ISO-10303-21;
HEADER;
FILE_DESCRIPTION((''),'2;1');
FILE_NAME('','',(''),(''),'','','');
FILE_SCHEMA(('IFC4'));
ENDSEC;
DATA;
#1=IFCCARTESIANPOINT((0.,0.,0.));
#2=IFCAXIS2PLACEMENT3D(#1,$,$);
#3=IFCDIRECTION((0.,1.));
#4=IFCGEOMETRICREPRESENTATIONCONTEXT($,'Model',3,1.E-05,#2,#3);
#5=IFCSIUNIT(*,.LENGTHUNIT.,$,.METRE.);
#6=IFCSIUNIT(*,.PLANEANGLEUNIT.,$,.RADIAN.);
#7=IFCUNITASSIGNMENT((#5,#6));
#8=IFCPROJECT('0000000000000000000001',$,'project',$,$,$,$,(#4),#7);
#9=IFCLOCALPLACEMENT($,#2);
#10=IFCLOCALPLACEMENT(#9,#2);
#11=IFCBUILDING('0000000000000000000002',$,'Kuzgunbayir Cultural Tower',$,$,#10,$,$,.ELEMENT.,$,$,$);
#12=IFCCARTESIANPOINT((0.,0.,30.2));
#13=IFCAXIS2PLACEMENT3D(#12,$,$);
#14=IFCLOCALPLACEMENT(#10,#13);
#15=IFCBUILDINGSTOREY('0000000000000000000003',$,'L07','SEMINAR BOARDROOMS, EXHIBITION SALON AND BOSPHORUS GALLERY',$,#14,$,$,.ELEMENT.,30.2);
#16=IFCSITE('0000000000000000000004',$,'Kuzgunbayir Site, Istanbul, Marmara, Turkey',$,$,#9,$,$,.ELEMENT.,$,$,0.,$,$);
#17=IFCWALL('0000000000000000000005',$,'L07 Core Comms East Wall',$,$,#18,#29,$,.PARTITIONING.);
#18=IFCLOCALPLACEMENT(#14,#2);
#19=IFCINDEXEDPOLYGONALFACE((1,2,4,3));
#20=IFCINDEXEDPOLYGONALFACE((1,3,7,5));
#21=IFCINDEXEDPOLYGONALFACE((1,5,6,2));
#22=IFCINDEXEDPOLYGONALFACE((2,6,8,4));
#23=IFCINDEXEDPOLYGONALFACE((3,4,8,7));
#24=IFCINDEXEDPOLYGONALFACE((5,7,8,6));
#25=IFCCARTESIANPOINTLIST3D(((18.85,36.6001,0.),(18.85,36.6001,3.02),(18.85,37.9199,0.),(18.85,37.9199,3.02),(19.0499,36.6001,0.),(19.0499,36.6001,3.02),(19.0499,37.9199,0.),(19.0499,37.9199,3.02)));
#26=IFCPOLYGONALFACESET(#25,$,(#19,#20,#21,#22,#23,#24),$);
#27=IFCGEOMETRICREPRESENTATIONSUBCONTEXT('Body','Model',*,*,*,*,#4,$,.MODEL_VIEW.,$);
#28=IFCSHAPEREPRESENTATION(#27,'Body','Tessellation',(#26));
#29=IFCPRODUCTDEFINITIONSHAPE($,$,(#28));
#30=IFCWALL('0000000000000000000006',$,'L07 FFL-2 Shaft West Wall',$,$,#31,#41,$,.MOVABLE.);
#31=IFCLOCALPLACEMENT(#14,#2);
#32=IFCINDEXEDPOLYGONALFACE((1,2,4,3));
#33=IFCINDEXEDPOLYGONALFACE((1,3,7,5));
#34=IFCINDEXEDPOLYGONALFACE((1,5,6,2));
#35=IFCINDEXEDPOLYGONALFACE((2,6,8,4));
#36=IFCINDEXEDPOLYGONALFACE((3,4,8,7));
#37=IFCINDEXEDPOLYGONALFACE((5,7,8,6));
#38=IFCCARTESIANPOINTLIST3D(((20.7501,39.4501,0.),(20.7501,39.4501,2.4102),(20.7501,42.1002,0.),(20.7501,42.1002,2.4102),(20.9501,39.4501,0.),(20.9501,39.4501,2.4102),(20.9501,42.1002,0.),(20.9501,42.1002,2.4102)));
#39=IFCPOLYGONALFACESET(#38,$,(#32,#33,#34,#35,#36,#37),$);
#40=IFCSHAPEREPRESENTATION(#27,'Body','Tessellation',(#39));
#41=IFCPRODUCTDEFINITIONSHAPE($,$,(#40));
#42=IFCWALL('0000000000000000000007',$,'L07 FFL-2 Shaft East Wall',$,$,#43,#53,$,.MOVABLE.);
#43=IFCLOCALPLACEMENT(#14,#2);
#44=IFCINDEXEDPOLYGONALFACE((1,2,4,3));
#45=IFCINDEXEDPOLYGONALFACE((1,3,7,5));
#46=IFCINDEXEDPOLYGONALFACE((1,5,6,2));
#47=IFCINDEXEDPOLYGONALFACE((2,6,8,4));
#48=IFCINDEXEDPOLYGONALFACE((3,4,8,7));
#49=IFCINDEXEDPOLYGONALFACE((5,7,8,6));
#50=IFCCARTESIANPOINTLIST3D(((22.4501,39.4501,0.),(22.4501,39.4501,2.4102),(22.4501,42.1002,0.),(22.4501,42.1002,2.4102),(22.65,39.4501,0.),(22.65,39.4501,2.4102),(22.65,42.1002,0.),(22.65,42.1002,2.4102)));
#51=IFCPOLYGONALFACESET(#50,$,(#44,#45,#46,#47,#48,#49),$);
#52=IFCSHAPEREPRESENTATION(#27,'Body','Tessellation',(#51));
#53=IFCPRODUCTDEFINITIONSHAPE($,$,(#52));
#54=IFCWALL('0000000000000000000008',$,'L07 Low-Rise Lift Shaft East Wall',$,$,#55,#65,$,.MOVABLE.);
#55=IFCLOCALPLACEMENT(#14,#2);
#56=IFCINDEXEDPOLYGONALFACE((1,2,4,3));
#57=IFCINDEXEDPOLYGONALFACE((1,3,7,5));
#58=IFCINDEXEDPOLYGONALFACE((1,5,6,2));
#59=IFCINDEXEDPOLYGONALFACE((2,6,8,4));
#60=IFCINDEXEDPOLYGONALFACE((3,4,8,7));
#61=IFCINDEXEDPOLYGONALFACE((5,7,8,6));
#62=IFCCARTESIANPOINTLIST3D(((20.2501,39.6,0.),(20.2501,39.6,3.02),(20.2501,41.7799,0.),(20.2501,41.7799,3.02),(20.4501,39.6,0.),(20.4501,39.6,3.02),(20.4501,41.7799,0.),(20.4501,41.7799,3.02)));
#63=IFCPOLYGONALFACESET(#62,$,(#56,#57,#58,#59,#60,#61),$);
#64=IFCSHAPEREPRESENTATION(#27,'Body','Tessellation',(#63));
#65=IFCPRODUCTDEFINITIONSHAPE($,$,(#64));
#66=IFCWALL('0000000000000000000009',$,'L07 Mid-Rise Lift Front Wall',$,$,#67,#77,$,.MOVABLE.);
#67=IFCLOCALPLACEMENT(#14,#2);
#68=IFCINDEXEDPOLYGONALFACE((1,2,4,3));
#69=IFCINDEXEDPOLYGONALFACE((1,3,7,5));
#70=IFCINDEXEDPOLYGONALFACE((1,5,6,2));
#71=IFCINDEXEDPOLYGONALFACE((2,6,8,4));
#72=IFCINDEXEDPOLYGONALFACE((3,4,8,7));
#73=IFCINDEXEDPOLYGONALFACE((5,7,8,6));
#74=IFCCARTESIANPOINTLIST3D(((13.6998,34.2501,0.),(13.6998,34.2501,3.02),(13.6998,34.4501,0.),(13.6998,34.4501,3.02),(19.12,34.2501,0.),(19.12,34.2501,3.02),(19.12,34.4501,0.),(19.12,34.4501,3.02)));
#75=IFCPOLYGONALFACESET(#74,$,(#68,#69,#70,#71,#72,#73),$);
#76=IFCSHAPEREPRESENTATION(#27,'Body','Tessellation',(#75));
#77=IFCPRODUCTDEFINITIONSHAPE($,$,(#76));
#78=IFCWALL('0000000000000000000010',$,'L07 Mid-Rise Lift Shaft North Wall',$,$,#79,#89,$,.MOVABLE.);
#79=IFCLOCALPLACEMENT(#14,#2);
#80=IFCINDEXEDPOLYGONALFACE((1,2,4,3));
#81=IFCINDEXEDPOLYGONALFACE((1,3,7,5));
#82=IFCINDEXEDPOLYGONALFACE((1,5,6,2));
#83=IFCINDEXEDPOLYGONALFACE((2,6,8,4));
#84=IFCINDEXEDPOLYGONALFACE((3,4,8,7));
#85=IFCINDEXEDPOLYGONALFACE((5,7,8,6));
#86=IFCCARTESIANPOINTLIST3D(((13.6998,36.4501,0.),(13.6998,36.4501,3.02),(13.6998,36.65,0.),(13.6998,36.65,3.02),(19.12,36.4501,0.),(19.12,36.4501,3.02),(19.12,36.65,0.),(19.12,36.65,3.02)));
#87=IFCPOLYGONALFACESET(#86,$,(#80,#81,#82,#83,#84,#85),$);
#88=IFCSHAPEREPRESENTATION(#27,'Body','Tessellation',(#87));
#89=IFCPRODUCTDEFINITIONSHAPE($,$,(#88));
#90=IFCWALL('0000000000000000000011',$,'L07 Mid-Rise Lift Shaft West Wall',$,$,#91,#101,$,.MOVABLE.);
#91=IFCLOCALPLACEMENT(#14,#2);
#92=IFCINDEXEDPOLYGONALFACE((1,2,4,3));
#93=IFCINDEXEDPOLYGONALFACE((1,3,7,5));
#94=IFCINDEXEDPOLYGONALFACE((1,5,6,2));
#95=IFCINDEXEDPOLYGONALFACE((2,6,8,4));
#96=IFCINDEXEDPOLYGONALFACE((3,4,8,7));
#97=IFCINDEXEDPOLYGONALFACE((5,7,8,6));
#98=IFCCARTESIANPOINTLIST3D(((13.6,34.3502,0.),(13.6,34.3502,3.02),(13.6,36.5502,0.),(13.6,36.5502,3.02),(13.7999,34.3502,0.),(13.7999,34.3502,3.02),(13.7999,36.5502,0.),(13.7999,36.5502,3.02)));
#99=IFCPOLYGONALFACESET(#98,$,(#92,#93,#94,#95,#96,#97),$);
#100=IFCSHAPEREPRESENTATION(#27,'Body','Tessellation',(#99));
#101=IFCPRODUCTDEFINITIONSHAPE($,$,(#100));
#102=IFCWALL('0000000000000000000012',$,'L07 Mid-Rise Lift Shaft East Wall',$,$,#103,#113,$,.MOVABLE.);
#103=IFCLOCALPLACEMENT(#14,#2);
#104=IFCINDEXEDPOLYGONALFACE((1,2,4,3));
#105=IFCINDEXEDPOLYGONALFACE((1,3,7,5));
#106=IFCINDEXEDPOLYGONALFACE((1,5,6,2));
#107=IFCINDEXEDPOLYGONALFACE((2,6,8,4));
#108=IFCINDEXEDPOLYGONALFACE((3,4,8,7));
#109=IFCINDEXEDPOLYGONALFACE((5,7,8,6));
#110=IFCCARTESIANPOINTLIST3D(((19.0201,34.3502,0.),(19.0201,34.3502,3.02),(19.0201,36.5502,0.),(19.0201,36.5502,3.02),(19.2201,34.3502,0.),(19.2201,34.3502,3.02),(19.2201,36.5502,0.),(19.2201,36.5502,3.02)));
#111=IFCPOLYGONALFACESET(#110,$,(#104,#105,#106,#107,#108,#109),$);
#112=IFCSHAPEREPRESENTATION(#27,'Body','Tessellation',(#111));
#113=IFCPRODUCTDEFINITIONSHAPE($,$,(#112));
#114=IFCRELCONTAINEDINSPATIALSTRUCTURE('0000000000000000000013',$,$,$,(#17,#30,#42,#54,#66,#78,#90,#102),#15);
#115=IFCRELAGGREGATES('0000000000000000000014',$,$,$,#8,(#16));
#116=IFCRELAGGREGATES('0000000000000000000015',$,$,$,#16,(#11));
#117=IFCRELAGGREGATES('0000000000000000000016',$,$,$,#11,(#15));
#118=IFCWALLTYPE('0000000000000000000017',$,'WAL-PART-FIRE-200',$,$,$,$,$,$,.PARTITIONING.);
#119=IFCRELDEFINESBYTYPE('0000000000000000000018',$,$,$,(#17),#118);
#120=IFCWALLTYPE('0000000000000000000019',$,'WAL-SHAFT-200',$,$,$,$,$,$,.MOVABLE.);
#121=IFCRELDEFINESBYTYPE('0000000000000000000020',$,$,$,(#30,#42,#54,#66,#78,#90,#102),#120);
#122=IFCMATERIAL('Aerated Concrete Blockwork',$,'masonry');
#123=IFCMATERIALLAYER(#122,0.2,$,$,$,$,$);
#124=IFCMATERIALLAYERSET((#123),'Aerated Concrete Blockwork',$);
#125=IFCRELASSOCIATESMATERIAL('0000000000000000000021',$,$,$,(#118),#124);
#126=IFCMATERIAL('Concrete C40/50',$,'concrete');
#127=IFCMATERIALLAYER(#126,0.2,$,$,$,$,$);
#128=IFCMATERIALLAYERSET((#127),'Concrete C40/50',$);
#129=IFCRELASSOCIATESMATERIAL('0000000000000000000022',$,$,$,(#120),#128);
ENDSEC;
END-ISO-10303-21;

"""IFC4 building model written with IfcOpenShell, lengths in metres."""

from ifc_helpers import new_model, si_unit, direction, frame, frame_2d, origin, place, context, subcontext, project, spatial, rectangle, extrude, material, layer, layer_set, type_object, element, save


model = new_model("IFC4")

# Units and contexts
model_context = context("Model", 3, precision=1e-05, world=origin(), true_north=direction((0.0, 1.0)))
body_context = subcontext(model_context, "Body", "Model", "MODEL_VIEW")
ifc_project = project(units=[si_unit("LENGTHUNIT", "METRE"), si_unit("PLANEANGLEUNIT", "RADIAN")], contexts=[model_context])

# Site, building, storey
site_placement = place(None, origin())
site = spatial("IfcSite", under=ifc_project, at=site_placement, Name="Kuzgunbayir Site, Istanbul, Marmara, Turkey", CompositionType="ELEMENT", RefElevation=0.0)
building_placement = place(site_placement, origin())
building = spatial("IfcBuilding", under=site, at=building_placement, Name="Kuzgunbayir Cultural Tower", CompositionType="ELEMENT")
storey_placement = place(building_placement, frame((0.0, 0.0, 30.2)))
storey = spatial("IfcBuildingStorey", under=building, at=storey_placement, Name="L07", Description="SEMINAR BOARDROOMS, EXHIBITION SALON AND BOSPHORUS GALLERY", CompositionType="ELEMENT", Elevation=30.2)

# Shared definitions
ifc_material_1 = material(Name="Aerated Concrete Blockwork", Category="masonry")
ifc_layer_1 = layer(ifc_material_1, 0.2)
ifc_layer_set_1 = layer_set([ifc_layer_1], Name="Aerated Concrete Blockwork")
wall_type_1 = type_object("IfcWallType", Name="WAL-PART-FIRE-200", PredefinedType="PARTITIONING", material=ifc_layer_set_1)

# Wall
wall_1_placement = place(storey_placement, frame((18.95, 36.6001, 0.0), z_axis=(0.0, 0.0, 1.0), x_axis=(0.0, 1.0, 0.0)))
element("IfcWall", 1, at=wall_1_placement, inside=storey, type_object=wall_type_1, Name="L07 Core Comms East Wall", PredefinedType="PARTITIONING", context=body_context, shape_type="SweptSolid", body=[
    extrude(rectangle(XDim=1.3198, YDim=0.2, at=frame_2d((0.6599, 0.0))), origin(), (0.0, 0.0, 1.0), 3.02),
])

# Shared definitions
ifc_material_2 = material(Name="Concrete C40/50", Category="concrete")
ifc_layer_2 = layer(ifc_material_2, 0.2)
ifc_layer_set_2 = layer_set([ifc_layer_2], Name="Concrete C40/50")
wall_type_2 = type_object("IfcWallType", Name="WAL-SHAFT-200", PredefinedType="MOVABLE", material=ifc_layer_set_2)

# Walls
for number, where, z_axis, x_axis, name in (
    (2, (20.8501, 39.45, 0.0), (0.0, 0.0, 1.0), (0.0, 1.0, 0.0), "L07 FFL-2 Shaft West Wall"),
    (3, (22.55, 39.45, 0.0), (0.0, 0.0, 1.0), (0.0, 1.0, 0.0), "L07 FFL-2 Shaft East Wall"),
):
    element("IfcWall", number, at=place(storey_placement, frame(where, z_axis=z_axis, x_axis=x_axis)), inside=storey, type_object=wall_type_2, Name=name, PredefinedType="MOVABLE", context=body_context, shape_type="SweptSolid", body=[
        extrude(rectangle(XDim=2.6501, YDim=0.2, at=frame_2d((1.3252, 0.0))), origin(), (0.0, 0.0, 1.0), 2.4102),
    ])
wall_2_placement = place(storey_placement, frame((20.3501, 39.6001, 0.0), z_axis=(0.0, 0.0, 1.0), x_axis=(0.0, 1.0, 0.0)))
element("IfcWall", 4, at=wall_2_placement, inside=storey, type_object=wall_type_2, Name="L07 Low-Rise Lift Shaft East Wall", PredefinedType="MOVABLE", context=body_context, shape_type="SweptSolid", body=[
    extrude(rectangle(XDim=2.1799, YDim=0.2, at=frame_2d((1.0898, 0.0))), origin(), (0.0, 0.0, 1.0), 3.02),
])
for number, where, z_axis, x_axis, name in (
    (5, (13.7, 34.3501, 0.0), (0.0, 0.0, 1.0), (1.0, 0.0, 0.0), "L07 Mid-Rise Lift Front Wall"),
    (6, (13.7, 36.55, 0.0), (0.0, 0.0, 1.0), (1.0, 0.0, 0.0), "L07 Mid-Rise Lift Shaft North Wall"),
):
    element("IfcWall", number, at=place(storey_placement, frame(where, z_axis=z_axis, x_axis=x_axis)), inside=storey, type_object=wall_type_2, Name=name, PredefinedType="MOVABLE", context=body_context, shape_type="SweptSolid", body=[
        extrude(rectangle(XDim=5.4202, YDim=0.2, at=frame_2d((2.71, 0.0))), origin(), (0.0, 0.0, 1.0), 3.02),
    ])
for number, where, z_axis, x_axis, name in (
    (7, (13.7, 34.3501, 0.0), (0.0, 0.0, 1.0), (0.0, 1.0, 0.0), "L07 Mid-Rise Lift Shaft West Wall"),
    (8, (19.1201, 34.3501, 0.0), (0.0, 0.0, 1.0), (0.0, 1.0, 0.0), "L07 Mid-Rise Lift Shaft East Wall"),
):
    element("IfcWall", number, at=place(storey_placement, frame(where, z_axis=z_axis, x_axis=x_axis)), inside=storey, type_object=wall_type_2, Name=name, PredefinedType="MOVABLE", context=body_context, shape_type="SweptSolid", body=[
        extrude(rectangle(XDim=2.2, YDim=0.2, at=frame_2d((1.1001, 0.0))), origin(), (0.0, 0.0, 1.0), 3.02),
    ])

save(model, "model.ifc")
